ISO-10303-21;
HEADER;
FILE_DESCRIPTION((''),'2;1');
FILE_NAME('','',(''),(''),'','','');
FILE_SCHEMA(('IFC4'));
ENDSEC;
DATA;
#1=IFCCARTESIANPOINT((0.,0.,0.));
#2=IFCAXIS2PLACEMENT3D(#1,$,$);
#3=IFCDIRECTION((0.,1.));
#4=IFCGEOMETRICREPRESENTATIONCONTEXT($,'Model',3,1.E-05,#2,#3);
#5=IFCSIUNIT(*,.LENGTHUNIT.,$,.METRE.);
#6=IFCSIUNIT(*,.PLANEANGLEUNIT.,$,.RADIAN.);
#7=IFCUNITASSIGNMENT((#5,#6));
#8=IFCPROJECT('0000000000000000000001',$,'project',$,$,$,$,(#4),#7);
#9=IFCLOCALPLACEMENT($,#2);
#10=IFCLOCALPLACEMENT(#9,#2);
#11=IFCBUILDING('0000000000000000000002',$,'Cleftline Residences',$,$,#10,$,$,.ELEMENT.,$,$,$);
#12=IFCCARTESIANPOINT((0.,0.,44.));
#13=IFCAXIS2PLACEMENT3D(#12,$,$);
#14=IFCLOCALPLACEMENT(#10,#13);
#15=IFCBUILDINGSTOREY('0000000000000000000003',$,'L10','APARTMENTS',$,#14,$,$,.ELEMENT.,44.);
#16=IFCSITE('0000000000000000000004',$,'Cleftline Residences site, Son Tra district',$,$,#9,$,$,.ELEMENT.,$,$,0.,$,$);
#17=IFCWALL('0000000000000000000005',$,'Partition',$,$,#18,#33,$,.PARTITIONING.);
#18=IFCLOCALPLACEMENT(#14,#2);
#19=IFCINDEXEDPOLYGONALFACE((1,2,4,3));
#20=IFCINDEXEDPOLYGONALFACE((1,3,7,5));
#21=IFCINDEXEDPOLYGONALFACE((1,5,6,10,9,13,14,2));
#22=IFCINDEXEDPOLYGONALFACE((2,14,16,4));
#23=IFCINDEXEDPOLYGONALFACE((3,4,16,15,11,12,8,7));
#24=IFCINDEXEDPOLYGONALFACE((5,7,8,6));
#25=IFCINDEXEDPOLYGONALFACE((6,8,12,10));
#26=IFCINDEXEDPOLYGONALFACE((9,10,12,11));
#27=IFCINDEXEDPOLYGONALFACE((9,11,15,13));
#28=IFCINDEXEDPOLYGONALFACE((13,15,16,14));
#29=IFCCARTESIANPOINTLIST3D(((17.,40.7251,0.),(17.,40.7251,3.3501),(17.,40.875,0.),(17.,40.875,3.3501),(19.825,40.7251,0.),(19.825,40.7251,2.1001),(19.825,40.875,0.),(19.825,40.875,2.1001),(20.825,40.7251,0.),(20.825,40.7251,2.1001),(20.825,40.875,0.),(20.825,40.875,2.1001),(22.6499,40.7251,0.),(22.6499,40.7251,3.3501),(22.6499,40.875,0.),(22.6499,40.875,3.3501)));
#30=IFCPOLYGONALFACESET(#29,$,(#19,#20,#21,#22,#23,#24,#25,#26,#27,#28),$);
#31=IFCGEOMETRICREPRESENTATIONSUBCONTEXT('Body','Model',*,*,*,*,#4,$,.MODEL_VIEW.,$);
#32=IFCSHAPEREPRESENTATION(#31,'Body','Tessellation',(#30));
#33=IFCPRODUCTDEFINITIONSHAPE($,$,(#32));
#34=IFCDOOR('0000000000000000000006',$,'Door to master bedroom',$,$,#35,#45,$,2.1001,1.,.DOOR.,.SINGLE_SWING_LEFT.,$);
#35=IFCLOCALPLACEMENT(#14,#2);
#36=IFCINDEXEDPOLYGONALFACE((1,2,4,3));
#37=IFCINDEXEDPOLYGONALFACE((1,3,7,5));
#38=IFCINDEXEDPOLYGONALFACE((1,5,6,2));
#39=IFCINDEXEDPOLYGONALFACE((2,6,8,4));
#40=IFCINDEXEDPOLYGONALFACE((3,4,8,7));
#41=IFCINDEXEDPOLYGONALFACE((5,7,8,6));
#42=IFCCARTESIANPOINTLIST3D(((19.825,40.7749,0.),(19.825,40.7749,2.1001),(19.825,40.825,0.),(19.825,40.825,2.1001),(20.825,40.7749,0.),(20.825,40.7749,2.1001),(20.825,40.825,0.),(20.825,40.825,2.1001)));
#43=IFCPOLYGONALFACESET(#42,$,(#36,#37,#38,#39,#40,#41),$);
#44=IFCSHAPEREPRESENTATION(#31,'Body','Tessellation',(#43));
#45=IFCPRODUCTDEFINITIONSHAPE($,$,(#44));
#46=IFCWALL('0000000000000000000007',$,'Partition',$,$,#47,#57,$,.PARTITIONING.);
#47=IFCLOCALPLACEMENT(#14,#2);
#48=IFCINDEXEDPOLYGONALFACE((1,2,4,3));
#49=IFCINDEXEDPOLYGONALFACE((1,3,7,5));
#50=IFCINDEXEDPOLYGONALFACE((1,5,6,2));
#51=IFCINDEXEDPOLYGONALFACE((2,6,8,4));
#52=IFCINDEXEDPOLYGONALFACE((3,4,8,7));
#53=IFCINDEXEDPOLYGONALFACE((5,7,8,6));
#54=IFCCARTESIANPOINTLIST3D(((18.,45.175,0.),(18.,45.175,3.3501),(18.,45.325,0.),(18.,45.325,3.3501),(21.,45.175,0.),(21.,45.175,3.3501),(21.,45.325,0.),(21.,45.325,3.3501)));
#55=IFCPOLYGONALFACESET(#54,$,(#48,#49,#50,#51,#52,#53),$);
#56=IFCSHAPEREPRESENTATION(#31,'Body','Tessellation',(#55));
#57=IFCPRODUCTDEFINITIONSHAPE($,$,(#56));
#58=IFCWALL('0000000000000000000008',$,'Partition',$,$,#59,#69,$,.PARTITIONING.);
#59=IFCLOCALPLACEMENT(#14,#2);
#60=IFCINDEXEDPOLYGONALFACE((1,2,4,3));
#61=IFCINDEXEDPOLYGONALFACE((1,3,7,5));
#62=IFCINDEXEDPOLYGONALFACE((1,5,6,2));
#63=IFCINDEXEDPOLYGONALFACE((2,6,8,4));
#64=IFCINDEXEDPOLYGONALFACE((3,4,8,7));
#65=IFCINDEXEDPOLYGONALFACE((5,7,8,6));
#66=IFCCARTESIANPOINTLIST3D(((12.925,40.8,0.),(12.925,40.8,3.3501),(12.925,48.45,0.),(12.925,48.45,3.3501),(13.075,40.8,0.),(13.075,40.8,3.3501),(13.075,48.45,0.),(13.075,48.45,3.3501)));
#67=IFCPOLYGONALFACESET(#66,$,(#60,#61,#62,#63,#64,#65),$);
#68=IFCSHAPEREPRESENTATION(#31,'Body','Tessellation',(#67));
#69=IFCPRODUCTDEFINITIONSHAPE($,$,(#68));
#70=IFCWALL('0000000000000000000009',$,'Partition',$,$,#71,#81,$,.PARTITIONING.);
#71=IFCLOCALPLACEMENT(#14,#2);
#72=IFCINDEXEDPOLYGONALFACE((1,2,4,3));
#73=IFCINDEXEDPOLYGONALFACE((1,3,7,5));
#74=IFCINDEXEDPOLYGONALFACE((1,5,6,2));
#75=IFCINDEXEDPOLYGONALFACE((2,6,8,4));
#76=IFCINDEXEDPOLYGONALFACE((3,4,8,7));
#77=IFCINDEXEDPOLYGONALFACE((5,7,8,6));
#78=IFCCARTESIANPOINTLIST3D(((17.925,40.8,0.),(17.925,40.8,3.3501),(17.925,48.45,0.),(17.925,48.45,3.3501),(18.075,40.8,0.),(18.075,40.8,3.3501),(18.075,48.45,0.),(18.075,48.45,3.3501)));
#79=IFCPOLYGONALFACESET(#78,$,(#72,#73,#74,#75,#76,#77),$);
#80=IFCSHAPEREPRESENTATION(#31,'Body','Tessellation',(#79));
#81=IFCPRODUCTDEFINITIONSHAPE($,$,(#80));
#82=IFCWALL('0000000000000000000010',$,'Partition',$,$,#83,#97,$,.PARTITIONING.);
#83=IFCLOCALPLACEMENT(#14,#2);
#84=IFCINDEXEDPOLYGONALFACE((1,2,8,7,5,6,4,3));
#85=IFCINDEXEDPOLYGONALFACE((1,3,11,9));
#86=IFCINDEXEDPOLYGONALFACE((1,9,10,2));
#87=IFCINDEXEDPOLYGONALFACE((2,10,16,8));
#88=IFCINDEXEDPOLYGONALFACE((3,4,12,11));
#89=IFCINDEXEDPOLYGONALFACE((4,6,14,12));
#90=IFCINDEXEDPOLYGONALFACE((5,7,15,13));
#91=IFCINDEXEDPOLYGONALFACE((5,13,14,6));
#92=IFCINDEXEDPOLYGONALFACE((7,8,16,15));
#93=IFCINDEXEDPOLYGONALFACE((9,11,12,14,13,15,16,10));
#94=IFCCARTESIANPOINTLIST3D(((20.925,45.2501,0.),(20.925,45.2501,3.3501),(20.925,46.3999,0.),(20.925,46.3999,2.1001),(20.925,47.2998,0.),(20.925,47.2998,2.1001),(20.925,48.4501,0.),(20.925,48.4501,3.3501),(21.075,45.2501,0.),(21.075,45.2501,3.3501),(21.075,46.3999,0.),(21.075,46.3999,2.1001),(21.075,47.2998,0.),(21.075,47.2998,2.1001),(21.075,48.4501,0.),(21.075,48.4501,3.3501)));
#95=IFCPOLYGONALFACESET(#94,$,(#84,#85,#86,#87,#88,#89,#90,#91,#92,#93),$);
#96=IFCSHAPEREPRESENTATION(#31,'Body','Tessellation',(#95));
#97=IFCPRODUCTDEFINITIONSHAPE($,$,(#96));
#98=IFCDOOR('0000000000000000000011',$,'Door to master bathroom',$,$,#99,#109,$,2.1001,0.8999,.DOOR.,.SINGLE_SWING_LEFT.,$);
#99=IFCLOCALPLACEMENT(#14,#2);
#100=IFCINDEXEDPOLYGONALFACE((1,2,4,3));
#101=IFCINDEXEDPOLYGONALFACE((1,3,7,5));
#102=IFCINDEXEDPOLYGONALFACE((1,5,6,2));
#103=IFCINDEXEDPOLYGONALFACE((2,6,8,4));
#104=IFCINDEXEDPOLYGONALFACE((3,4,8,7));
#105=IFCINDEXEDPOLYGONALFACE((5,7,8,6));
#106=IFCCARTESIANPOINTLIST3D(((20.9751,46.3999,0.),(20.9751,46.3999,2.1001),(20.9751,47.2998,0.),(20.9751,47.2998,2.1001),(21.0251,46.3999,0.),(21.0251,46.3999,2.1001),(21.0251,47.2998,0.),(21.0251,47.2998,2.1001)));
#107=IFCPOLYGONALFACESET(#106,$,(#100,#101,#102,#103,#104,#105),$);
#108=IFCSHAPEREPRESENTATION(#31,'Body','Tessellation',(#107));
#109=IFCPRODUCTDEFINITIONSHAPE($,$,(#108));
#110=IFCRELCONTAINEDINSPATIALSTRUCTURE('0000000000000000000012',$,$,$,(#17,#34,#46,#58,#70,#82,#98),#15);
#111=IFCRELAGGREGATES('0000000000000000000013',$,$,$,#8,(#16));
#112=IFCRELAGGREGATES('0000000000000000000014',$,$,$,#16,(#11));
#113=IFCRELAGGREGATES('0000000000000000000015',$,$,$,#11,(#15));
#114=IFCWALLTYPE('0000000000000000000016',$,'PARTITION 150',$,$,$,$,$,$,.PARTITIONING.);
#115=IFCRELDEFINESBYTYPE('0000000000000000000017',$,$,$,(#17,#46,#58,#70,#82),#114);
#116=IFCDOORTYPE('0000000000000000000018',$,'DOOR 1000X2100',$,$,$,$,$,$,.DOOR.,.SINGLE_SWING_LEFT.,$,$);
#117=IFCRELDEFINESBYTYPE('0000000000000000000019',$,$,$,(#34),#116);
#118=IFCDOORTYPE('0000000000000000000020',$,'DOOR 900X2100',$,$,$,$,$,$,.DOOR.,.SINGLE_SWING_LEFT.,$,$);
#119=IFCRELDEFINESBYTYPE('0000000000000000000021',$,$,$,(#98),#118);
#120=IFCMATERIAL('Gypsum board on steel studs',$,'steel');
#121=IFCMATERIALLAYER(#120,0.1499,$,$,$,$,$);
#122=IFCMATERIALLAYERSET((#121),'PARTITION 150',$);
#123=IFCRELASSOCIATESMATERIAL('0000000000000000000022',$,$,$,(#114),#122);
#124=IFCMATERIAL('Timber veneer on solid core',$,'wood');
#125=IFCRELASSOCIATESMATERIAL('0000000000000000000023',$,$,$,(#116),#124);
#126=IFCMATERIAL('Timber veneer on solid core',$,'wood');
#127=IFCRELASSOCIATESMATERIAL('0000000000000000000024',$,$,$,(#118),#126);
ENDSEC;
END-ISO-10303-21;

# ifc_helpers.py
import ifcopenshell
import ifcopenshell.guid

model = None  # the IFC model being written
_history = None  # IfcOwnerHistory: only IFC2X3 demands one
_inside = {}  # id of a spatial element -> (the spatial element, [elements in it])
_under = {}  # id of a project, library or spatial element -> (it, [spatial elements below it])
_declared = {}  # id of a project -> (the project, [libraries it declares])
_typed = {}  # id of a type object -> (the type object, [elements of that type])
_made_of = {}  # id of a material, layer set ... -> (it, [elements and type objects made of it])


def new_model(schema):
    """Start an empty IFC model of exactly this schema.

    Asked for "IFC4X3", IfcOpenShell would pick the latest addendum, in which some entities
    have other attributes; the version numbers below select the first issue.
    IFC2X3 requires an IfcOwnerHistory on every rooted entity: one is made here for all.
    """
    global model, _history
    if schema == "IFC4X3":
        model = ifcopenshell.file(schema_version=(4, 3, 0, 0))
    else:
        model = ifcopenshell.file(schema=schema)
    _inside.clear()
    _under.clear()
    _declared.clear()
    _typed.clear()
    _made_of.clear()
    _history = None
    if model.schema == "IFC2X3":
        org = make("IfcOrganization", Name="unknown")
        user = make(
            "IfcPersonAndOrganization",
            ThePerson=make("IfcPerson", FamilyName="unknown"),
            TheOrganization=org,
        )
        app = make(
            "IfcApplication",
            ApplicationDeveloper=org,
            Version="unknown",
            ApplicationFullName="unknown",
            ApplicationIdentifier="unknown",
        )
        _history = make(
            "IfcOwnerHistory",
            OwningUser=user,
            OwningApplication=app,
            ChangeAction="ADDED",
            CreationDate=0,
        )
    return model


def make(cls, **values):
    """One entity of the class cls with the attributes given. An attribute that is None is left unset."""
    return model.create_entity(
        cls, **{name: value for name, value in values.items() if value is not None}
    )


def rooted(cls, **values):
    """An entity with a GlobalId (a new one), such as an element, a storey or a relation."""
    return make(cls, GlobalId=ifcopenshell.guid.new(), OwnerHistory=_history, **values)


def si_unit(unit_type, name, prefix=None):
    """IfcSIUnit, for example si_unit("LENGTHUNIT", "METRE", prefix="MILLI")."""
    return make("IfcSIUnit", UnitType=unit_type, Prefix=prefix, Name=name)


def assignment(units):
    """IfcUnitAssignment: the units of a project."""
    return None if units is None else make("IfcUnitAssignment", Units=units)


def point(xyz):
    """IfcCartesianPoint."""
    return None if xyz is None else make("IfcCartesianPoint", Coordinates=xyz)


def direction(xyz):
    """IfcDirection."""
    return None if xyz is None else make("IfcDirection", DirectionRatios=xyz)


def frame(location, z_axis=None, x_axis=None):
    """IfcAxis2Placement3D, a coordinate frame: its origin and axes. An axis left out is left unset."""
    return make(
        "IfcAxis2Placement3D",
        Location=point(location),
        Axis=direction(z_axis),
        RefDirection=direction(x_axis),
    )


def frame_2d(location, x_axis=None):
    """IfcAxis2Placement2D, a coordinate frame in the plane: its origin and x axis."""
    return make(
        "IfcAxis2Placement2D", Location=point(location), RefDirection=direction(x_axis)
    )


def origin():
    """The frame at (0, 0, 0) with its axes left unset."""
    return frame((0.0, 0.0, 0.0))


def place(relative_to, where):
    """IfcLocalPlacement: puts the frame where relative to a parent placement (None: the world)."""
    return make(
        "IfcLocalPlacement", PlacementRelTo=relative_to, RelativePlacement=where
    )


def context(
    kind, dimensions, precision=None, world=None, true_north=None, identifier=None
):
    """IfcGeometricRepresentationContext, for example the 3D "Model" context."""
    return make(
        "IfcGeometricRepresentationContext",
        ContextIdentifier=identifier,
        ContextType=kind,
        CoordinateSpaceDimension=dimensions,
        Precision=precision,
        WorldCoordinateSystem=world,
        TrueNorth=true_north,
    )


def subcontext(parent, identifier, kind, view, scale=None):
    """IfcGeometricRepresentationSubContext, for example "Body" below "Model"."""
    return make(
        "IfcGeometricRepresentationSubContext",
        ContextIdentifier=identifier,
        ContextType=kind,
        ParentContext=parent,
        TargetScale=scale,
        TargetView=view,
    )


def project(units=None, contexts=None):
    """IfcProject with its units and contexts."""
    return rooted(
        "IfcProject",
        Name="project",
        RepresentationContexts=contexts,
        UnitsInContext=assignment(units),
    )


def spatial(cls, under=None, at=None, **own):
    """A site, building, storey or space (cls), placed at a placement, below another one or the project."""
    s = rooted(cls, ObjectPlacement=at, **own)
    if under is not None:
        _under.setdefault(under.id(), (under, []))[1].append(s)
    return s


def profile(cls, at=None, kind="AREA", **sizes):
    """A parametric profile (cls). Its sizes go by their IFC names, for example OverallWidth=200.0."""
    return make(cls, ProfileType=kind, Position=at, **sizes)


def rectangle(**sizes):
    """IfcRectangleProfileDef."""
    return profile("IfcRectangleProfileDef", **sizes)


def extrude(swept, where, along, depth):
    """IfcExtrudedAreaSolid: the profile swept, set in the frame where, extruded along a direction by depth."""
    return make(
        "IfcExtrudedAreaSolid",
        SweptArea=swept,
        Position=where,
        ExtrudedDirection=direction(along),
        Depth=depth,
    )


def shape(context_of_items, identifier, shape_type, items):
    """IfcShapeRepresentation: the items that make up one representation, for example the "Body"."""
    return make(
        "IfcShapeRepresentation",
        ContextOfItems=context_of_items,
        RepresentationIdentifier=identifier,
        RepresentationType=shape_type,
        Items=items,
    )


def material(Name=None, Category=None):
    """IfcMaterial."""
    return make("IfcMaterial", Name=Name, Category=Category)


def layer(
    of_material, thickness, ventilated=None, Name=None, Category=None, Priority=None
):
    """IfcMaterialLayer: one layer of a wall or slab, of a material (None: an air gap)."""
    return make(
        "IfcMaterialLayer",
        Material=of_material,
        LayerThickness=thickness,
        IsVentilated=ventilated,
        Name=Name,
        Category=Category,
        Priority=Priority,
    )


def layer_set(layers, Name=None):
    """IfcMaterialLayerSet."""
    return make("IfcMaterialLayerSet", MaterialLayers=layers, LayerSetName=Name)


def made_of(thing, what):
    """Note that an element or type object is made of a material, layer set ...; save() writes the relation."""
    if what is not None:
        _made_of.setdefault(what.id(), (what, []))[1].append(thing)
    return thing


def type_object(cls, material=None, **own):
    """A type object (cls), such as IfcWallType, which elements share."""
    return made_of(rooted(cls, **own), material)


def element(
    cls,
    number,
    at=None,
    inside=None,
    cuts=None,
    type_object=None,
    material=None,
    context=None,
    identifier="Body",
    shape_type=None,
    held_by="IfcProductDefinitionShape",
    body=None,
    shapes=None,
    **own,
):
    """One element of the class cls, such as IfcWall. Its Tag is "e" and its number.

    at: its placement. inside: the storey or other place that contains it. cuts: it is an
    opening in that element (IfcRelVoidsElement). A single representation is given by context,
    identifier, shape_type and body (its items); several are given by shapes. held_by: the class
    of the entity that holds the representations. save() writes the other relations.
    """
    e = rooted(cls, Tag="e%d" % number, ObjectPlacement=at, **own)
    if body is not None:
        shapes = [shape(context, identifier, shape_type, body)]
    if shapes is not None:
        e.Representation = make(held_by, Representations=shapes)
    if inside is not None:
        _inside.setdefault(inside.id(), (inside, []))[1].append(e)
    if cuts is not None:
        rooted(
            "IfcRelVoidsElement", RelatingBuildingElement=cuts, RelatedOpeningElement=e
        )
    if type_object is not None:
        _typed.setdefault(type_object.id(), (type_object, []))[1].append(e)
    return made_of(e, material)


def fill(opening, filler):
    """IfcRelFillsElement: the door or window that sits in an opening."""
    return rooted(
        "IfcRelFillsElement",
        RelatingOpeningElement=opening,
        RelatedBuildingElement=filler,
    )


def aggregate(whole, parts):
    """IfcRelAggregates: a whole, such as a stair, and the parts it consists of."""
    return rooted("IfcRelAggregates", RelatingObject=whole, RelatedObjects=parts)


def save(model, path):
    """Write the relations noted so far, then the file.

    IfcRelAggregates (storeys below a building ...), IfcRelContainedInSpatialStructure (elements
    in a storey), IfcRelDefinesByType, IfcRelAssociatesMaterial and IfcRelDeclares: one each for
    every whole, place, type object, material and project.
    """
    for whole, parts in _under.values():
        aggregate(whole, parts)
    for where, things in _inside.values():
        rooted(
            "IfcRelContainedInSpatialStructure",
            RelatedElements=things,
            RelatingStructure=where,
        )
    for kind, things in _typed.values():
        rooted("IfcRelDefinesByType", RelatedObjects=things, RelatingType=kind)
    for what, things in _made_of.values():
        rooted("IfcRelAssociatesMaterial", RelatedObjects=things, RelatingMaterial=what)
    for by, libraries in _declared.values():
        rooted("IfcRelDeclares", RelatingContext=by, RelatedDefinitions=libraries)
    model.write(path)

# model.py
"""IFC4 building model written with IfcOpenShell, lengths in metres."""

from ifc_helpers import new_model, si_unit, direction, frame, frame_2d, origin, place, context, subcontext, project, spatial, rectangle, extrude, material, layer, layer_set, type_object, element, fill, save


model = new_model("IFC4")

# Units and contexts
model_context = context("Model", 3, precision=1e-05, world=origin(), true_north=direction((0.0, 1.0)))
body_context = subcontext(model_context, "Body", "Model", "MODEL_VIEW")
ifc_project = project(units=[si_unit("LENGTHUNIT", "METRE"), si_unit("PLANEANGLEUNIT", "RADIAN")], contexts=[model_context])

# Site, building, storey
site_placement = place(None, origin())
site = spatial("IfcSite", under=ifc_project, at=site_placement, Name="Cleftline Residences site, Son Tra district", CompositionType="ELEMENT", RefElevation=0.0)
building_placement = place(site_placement, origin())
building = spatial("IfcBuilding", under=site, at=building_placement, Name="Cleftline Residences", CompositionType="ELEMENT")
storey_placement = place(building_placement, frame((0.0, 0.0, 44.0)))
storey = spatial("IfcBuildingStorey", under=building, at=storey_placement, Name="L10", Description="APARTMENTS", CompositionType="ELEMENT", Elevation=44.0)

# Wall, opening, door
ifc_material_1 = material(Name="Gypsum board on steel studs", Category="steel")
ifc_layer = layer(ifc_material_1, 0.1499)
ifc_layer_set = layer_set([ifc_layer], Name="PARTITION 150")
wall_type = type_object("IfcWallType", Name="PARTITION 150", PredefinedType="PARTITIONING", material=ifc_layer_set)
ifc_material_2 = material(Name="Timber veneer on solid core", Category="wood")
door_type_1 = type_object("IfcDoorType", Name="DOOR 1000X2100", OperationType="SINGLE_SWING_LEFT", PredefinedType="DOOR", material=ifc_material_2)
wall_1_placement = place(storey_placement, frame((17.0, 40.8, 0.0), z_axis=(0.0, 0.0, 1.0), x_axis=(1.0, 0.0, 0.0)))
wall_1 = element("IfcWall", 1, at=wall_1_placement, inside=storey, type_object=wall_type, Name="Partition", PredefinedType="PARTITIONING", context=body_context, shape_type="SweptSolid", body=[
    extrude(rectangle(XDim=5.6499, YDim=0.1499, at=frame_2d((2.825, 0.0))), origin(), (0.0, 0.0, 1.0), 3.3501),
])
opening_1_placement = place(wall_1_placement, frame((2.825, 0.0, 0.0)))
opening_1 = element("IfcOpeningElement", 2, at=opening_1_placement, cuts=wall_1, PredefinedType="OPENING", context=body_context, shape_type="SweptSolid", body=[
    extrude(rectangle(XDim=1.0, YDim=2.1001, at=frame_2d((0.5, 1.05))), frame((0.0, 0.085, 0.0), z_axis=(0.0, -1.0, 0.0), x_axis=(1.0, 0.0, 0.0)), (0.0, 0.0, 1.0), 0.1699),
])
door_1_placement = place(opening_1_placement, origin())
door_1 = element("IfcDoor", 3, at=door_1_placement, inside=storey, type_object=door_type_1, Name="Door to master bedroom", OperationType="SINGLE_SWING_LEFT", OverallHeight=2.1001, OverallWidth=1.0, PredefinedType="DOOR", context=body_context, shape_type="SweptSolid", body=[
    extrude(rectangle(XDim=1.0, YDim=2.1001, at=frame_2d((0.5, 1.05))), frame((0.0, 0.0249, 0.0), z_axis=(0.0, -1.0, 0.0), x_axis=(1.0, 0.0, 0.0)), (0.0, 0.0, 1.0), 0.05),
])
fill(opening_1, door_1)

# Walls
wall_2_placement = place(storey_placement, frame((18.0, 45.25, 0.0), z_axis=(0.0, 0.0, 1.0), x_axis=(1.0, 0.0, 0.0)))
element("IfcWall", 4, at=wall_2_placement, inside=storey, type_object=wall_type, Name="Partition", PredefinedType="PARTITIONING", context=body_context, shape_type="SweptSolid", body=[
    extrude(rectangle(XDim=3.0, YDim=0.1499, at=frame_2d((1.5, 0.0))), origin(), (0.0, 0.0, 1.0), 3.3501),
])
for number, where, z_axis, x_axis, name in (
    (5, (13.0, 40.8, 0.0), (0.0, 0.0, 1.0), (0.0, 1.0, 0.0), "Partition"),
    (6, (18.0, 40.8, 0.0), (0.0, 0.0, 1.0), (0.0, 1.0, 0.0), "Partition"),
):
    element("IfcWall", number, at=place(storey_placement, frame(where, z_axis=z_axis, x_axis=x_axis)), inside=storey, type_object=wall_type, Name=name, PredefinedType="PARTITIONING", context=body_context, shape_type="SweptSolid", body=[
        extrude(rectangle(XDim=7.6499, YDim=0.1499, at=frame_2d((3.825, 0.0))), origin(), (0.0, 0.0, 1.0), 3.3501),
    ])

# Wall, opening, door
wall_3_placement = place(storey_placement, frame((21.0, 45.25, 0.0), z_axis=(0.0, 0.0, 1.0), x_axis=(0.0, 1.0, 0.0)))
wall_3 = element("IfcWall", 7, at=wall_3_placement, inside=storey, type_object=wall_type, Name="Partition", PredefinedType="PARTITIONING", context=body_context, shape_type="SweptSolid", body=[
    extrude(rectangle(XDim=3.2, YDim=0.1499, at=frame_2d((1.6001, 0.0))), origin(), (0.0, 0.0, 1.0), 3.3501),
])
opening_2_placement = place(wall_3_placement, frame((1.1499, 0.0, 0.0)))
opening_2 = element("IfcOpeningElement", 8, at=opening_2_placement, cuts=wall_3, PredefinedType="OPENING", context=body_context, shape_type="SweptSolid", body=[
    extrude(rectangle(XDim=0.8999, YDim=2.1001, at=frame_2d((0.45, 1.05))), frame((0.0, 0.085, 0.0), z_axis=(0.0, -1.0, 0.0), x_axis=(1.0, 0.0, 0.0)), (0.0, 0.0, 1.0), 0.1699),
])
ifc_material_3 = material(Name="Timber veneer on solid core", Category="wood")
door_type_2 = type_object("IfcDoorType", Name="DOOR 900X2100", OperationType="SINGLE_SWING_LEFT", PredefinedType="DOOR", material=ifc_material_3)
door_2_placement = place(opening_2_placement, origin())
door_2 = element("IfcDoor", 9, at=door_2_placement, inside=storey, type_object=door_type_2, Name="Door to master bathroom", OperationType="SINGLE_SWING_LEFT", OverallHeight=2.1001, OverallWidth=0.8999, PredefinedType="DOOR", context=body_context, shape_type="SweptSolid", body=[
    extrude(rectangle(XDim=0.8999, YDim=2.1001, at=frame_2d((0.45, 1.05))), frame((0.0, 0.0249, 0.0), z_axis=(0.0, -1.0, 0.0), x_axis=(1.0, 0.0, 0.0)), (0.0, 0.0, 1.0), 0.05),
])
fill(opening_2, door_2)

save(model, "model.ifc")
